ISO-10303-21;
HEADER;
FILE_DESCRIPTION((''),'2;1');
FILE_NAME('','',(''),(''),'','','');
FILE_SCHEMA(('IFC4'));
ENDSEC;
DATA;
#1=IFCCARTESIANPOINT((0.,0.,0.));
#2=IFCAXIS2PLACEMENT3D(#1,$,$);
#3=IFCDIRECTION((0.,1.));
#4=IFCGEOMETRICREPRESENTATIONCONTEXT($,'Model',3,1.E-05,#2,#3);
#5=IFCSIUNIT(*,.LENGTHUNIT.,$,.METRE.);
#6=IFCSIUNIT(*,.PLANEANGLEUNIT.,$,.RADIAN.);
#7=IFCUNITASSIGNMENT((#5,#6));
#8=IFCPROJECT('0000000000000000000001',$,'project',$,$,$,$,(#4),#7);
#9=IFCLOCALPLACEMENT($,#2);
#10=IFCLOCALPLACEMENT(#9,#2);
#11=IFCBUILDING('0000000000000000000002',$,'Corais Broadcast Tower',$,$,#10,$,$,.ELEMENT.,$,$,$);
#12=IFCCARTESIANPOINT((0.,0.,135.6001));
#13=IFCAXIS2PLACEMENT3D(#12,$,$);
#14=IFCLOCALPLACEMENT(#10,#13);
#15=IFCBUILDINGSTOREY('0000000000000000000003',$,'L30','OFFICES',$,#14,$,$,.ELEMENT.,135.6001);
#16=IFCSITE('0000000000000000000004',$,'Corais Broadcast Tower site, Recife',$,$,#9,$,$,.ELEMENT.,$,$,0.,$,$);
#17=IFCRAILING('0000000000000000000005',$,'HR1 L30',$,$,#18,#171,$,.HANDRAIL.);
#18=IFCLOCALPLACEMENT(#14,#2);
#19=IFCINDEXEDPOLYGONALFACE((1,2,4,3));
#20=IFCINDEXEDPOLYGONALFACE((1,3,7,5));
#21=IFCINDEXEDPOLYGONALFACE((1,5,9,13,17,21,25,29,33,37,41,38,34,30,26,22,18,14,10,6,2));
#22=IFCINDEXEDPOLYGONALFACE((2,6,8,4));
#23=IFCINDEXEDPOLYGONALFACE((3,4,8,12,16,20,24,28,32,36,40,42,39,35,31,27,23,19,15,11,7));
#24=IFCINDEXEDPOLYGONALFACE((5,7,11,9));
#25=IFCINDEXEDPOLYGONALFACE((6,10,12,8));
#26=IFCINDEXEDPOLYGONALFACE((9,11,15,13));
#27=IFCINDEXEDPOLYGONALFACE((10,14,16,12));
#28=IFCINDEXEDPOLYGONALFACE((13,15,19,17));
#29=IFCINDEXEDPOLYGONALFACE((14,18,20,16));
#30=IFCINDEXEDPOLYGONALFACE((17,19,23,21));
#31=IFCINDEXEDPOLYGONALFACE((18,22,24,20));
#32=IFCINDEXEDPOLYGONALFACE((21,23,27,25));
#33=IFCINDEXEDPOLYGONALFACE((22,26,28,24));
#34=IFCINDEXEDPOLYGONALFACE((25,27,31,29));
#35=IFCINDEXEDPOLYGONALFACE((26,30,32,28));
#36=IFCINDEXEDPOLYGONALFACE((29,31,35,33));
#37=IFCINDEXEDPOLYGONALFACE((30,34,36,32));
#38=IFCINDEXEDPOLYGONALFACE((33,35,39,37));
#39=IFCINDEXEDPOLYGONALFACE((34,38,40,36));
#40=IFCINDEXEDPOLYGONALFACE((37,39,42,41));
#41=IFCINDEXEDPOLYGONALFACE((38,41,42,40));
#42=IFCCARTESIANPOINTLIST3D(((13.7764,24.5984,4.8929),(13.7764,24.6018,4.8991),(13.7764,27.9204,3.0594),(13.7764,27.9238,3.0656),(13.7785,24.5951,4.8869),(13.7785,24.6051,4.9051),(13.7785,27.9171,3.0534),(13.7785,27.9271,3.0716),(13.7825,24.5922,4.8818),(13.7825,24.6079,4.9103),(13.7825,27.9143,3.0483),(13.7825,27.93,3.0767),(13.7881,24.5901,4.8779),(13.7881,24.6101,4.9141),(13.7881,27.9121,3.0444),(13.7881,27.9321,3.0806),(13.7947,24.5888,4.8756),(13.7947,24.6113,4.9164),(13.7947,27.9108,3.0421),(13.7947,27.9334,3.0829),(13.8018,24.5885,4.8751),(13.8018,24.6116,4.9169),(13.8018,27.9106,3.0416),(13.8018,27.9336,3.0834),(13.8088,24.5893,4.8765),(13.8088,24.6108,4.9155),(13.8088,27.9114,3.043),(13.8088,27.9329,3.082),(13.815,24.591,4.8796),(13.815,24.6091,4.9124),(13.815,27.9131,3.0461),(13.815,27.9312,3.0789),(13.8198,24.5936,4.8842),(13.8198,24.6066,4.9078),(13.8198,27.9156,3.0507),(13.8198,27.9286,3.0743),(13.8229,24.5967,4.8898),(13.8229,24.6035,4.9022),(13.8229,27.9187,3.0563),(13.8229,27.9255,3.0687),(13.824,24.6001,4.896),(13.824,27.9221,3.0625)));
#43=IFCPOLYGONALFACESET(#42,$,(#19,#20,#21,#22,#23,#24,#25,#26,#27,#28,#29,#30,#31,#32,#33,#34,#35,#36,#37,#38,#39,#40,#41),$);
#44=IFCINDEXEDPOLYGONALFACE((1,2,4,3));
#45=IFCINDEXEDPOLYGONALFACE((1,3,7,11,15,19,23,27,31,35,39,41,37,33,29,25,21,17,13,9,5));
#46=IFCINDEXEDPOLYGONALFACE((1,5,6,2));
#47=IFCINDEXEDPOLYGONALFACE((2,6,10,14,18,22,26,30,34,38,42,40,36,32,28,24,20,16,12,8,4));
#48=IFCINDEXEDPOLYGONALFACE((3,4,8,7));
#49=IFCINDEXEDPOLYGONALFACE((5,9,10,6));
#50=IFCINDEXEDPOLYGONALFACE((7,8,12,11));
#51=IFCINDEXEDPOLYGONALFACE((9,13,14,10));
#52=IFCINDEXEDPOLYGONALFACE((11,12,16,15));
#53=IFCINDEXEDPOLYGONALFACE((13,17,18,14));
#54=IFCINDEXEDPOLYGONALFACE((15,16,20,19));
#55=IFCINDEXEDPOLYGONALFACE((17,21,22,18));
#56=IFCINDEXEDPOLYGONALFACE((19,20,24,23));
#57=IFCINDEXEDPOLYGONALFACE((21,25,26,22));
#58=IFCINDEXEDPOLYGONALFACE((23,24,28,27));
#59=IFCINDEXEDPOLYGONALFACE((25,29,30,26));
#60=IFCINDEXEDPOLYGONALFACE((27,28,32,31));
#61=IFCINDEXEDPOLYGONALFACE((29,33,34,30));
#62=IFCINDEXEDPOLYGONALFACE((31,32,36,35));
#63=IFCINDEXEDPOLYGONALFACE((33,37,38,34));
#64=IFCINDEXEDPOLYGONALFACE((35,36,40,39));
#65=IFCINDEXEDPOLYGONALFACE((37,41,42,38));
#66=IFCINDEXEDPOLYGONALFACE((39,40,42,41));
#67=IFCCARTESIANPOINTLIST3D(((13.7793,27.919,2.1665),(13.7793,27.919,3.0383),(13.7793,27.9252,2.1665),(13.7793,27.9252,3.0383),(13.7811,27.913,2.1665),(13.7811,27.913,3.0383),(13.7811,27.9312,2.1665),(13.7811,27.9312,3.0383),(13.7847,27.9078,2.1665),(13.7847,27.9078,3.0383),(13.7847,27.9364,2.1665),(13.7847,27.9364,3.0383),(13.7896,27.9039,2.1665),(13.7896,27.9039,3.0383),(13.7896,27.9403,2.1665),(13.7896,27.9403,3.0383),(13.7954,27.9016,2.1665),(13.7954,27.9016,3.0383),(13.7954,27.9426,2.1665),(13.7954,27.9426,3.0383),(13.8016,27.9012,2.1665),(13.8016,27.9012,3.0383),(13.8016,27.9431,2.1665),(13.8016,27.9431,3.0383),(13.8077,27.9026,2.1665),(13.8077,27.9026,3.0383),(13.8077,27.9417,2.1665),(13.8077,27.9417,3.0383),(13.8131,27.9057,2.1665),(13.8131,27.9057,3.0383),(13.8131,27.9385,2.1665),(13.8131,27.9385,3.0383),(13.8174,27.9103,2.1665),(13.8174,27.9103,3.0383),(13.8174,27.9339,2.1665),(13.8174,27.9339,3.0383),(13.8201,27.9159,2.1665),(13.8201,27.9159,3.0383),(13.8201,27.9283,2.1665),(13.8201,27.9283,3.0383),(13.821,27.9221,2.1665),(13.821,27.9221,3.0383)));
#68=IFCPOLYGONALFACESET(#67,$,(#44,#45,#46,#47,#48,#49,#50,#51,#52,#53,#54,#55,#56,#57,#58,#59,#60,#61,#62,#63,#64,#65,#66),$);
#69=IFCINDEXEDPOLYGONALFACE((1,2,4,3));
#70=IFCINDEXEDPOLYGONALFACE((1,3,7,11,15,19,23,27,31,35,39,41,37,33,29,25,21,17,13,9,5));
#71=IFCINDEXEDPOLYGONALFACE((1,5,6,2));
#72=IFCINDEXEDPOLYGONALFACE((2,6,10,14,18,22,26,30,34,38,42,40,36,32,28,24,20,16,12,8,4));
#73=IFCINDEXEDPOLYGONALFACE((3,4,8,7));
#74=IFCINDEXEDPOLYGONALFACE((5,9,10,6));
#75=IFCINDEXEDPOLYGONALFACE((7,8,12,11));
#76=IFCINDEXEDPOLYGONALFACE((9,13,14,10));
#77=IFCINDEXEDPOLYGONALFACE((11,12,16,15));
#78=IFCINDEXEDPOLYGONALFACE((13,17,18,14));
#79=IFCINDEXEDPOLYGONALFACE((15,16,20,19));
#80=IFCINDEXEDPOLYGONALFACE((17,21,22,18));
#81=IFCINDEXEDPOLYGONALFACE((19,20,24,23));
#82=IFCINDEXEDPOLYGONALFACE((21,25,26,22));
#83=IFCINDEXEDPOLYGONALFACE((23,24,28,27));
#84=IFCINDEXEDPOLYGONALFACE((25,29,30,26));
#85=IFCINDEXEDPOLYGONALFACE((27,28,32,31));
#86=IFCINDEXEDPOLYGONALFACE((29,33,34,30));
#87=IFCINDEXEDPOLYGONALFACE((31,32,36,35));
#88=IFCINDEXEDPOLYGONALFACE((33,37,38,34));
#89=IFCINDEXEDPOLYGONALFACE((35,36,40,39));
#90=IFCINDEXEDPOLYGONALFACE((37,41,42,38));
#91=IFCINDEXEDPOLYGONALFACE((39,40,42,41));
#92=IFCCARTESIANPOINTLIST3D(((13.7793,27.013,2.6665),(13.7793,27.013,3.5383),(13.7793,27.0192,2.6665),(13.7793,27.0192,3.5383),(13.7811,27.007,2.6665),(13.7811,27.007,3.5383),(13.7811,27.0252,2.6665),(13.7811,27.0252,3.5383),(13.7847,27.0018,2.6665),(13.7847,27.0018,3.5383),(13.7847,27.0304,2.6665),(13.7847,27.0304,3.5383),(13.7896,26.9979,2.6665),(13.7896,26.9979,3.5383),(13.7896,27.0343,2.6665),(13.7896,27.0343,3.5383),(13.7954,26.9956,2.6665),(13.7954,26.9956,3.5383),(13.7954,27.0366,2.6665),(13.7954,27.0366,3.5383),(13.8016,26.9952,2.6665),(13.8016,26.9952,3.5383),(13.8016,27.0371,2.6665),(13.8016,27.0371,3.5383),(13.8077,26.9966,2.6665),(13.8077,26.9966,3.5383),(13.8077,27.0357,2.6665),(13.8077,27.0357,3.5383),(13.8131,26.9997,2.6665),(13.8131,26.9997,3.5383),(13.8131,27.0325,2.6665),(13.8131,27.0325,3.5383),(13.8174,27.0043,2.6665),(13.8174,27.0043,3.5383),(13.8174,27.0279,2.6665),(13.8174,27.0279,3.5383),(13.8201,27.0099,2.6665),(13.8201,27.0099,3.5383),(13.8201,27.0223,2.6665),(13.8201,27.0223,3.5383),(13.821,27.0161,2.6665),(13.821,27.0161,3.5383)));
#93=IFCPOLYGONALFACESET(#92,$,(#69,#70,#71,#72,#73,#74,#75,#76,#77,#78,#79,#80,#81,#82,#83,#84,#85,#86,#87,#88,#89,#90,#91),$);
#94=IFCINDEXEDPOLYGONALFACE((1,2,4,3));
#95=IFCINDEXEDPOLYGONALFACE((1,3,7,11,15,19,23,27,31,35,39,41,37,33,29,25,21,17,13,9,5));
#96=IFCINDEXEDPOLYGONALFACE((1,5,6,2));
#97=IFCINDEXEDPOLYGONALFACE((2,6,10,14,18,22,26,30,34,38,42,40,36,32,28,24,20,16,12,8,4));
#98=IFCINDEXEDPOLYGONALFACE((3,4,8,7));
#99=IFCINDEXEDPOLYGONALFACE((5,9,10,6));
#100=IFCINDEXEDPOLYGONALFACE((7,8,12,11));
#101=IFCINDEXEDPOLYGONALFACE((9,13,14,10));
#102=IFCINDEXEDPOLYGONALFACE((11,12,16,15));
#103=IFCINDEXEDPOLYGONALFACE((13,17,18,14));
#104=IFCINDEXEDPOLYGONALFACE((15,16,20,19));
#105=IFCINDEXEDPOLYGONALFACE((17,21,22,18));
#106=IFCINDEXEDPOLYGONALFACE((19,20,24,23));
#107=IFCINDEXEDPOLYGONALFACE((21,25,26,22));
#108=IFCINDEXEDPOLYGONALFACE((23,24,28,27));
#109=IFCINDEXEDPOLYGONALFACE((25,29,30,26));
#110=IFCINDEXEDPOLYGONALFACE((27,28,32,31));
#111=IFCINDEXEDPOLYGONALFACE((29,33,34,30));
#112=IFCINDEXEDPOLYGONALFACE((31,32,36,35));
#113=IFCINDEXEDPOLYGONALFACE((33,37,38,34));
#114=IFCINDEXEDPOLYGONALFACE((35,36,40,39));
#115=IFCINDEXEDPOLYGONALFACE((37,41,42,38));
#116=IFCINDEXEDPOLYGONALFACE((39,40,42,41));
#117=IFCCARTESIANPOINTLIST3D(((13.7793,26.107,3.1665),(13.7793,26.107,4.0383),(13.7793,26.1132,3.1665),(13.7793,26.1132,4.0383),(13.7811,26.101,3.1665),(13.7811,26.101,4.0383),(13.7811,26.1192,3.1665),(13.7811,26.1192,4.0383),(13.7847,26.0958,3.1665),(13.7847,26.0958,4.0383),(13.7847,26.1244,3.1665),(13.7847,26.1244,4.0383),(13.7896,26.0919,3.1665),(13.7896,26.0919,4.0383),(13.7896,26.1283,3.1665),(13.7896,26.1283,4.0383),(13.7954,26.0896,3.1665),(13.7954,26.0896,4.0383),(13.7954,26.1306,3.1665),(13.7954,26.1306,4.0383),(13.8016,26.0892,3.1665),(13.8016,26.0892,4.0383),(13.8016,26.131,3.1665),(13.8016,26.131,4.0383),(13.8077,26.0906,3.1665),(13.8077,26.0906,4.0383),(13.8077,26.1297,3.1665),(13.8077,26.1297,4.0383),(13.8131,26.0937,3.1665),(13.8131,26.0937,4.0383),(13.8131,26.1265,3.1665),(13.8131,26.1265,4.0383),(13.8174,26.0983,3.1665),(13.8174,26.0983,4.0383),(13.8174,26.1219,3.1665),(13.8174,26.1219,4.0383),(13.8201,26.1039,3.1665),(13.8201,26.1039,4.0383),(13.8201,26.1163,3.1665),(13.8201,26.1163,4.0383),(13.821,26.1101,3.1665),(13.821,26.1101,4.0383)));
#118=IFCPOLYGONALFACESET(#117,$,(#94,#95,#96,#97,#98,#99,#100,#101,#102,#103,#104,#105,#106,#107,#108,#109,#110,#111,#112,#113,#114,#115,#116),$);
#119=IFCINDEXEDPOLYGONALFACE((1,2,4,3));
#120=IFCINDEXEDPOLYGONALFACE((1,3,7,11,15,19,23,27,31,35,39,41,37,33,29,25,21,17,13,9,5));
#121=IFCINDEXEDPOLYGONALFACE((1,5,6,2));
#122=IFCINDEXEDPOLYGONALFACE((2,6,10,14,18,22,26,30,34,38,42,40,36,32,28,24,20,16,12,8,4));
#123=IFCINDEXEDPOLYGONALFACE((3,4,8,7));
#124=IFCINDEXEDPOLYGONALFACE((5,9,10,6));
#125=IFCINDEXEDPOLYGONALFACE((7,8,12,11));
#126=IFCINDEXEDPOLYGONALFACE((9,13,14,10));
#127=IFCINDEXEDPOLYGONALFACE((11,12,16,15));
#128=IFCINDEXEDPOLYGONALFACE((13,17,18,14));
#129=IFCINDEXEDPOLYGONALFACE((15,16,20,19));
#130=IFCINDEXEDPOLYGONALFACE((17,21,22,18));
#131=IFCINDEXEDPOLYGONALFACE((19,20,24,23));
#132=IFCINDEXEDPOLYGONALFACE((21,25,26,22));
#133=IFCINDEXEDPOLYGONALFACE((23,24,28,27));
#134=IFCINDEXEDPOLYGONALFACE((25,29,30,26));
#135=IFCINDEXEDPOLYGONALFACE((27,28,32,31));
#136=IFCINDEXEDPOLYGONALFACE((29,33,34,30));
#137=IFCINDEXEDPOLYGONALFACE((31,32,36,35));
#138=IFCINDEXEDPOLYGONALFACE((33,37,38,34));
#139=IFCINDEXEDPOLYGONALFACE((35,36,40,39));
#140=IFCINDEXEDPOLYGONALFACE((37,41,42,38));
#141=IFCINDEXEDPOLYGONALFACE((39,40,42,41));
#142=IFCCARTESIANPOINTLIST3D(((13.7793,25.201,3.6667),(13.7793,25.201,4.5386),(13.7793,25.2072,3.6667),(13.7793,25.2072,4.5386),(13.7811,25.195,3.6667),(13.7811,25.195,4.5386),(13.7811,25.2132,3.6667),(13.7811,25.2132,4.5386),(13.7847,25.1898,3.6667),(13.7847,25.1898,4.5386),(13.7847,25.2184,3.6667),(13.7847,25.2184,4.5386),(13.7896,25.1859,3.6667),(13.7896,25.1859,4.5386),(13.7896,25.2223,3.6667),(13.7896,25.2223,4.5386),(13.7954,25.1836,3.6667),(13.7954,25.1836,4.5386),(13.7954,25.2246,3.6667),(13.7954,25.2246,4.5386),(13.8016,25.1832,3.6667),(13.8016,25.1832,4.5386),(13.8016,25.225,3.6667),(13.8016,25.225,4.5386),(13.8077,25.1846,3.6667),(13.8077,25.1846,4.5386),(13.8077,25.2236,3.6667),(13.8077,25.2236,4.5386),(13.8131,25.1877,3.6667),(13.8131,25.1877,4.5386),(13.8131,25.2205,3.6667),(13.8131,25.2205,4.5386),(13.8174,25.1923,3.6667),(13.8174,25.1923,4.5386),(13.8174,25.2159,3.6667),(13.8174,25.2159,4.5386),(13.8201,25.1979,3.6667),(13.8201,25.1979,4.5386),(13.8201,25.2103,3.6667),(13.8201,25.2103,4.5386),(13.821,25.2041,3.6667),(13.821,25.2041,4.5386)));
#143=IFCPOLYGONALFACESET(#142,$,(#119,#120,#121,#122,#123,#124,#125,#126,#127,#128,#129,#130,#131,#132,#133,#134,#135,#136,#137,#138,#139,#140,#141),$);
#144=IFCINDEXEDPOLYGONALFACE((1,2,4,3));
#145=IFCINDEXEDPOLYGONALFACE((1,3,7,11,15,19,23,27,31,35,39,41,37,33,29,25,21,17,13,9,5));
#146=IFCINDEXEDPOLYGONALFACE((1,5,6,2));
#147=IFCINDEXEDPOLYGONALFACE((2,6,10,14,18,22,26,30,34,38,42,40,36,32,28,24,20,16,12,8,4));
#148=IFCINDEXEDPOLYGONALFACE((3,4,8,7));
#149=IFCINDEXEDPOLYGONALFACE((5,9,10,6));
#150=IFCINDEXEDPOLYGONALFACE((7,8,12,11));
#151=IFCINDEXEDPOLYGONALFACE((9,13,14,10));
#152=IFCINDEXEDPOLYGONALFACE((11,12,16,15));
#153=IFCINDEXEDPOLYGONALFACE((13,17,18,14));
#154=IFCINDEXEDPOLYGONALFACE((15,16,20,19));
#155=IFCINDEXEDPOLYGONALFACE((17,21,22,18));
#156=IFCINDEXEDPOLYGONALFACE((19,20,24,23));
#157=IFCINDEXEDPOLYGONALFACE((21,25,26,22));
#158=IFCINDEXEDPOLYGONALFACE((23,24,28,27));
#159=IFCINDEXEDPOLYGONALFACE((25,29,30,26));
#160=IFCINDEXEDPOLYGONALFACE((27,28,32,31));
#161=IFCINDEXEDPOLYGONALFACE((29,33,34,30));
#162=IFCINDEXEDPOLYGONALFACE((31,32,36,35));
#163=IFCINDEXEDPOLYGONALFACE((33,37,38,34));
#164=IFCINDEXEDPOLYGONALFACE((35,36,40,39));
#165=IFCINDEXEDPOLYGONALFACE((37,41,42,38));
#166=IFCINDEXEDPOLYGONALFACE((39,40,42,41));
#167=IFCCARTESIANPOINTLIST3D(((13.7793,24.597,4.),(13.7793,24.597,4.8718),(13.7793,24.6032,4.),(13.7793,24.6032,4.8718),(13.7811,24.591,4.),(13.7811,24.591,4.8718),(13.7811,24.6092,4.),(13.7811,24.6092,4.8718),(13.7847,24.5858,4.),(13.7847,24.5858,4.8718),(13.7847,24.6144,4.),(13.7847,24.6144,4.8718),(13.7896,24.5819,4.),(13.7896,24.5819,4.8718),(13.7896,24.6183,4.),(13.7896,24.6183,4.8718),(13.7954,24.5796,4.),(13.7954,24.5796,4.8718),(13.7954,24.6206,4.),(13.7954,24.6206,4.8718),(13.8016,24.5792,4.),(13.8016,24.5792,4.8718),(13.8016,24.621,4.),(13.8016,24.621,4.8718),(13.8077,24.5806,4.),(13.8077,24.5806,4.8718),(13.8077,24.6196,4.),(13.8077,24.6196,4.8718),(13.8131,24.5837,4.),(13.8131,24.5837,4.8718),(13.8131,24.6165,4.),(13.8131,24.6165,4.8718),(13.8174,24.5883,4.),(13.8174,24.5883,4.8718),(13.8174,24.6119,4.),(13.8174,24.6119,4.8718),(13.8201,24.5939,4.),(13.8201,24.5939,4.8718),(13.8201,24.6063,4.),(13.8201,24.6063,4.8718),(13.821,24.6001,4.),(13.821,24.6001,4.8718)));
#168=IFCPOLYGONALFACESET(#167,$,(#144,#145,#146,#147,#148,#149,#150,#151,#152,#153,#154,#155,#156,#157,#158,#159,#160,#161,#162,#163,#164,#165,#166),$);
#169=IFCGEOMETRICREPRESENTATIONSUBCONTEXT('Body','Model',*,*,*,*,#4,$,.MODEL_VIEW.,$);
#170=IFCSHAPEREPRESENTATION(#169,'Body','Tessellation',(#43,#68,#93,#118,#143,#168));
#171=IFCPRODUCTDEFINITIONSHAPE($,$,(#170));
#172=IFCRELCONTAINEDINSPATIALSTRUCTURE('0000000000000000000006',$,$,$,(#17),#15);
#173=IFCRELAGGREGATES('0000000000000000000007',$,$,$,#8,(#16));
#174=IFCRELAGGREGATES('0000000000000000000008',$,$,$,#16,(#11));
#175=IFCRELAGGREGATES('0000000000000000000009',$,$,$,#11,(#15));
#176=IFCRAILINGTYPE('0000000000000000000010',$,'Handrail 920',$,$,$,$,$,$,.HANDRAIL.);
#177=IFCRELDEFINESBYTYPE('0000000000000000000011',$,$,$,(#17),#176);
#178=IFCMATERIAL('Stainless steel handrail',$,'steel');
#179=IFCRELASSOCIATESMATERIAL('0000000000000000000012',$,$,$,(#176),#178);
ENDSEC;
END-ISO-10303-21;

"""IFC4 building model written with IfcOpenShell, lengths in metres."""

from ifc_helpers import new_model, si_unit, direction, frame, origin, origin_2d, place, context, subcontext, project, spatial, circle, extrude, material, type_object, element, save


model = new_model("IFC4")

# Units and contexts
model_context = context("Model", 3, precision=1e-05, world=origin(), true_north=direction((0.0, 1.0)))
body_context = subcontext(model_context, "Body", "Model", "MODEL_VIEW")
ifc_project = project(units=[si_unit("LENGTHUNIT", "METRE"), si_unit("PLANEANGLEUNIT", "RADIAN")], contexts=[model_context])

# Site, building, storey
site_placement = place(None, origin())
site = spatial("IfcSite", under=ifc_project, at=site_placement, Name="Corais Broadcast Tower site, Recife", CompositionType="ELEMENT", RefElevation=0.0)
building_placement = place(site_placement, origin())
building = spatial("IfcBuilding", under=site, at=building_placement, Name="Corais Broadcast Tower", CompositionType="ELEMENT")
storey_placement = place(building_placement, frame((0.0, 0.0, 135.6001)))
storey = spatial("IfcBuildingStorey", under=building, at=storey_placement, Name="L30", Description="OFFICES", CompositionType="ELEMENT", Elevation=135.6001)

# Railing
ifc_material_1 = material(Name="Stainless steel handrail", Category="steel")
railing_type = type_object("IfcRailingType", Name="Handrail 920", PredefinedType="HANDRAIL", material=ifc_material_1)
for number, where, name in (
    (1, (13.8, 27.9221, 2.1665), "HR1 L30"),
):
    element("IfcRailing", number, at=place(storey_placement, frame(where)), inside=storey, type_object=railing_type, Name=name, PredefinedType="HANDRAIL", context=body_context, shape_type="SweptSolid", body=[
        extrude(circle(Radius=0.0239, at=origin_2d()), frame((0.0, 0.0, 0.896), z_axis=(0.0, -0.875504, 0.48321), x_axis=(1.0, 0.0, 0.0)), (0.0, 0.0, 1.0), 3.7944),
        extrude(circle(Radius=0.021, at=origin_2d()), origin(), (0.0, 0.0, 1.0), 0.8718),
        extrude(circle(Radius=0.021, at=origin_2d()), frame((0.0, -0.906, 0.5)), (0.0, 0.0, 1.0), 0.8718),
        extrude(circle(Radius=0.021, at=origin_2d()), frame((0.0, -1.812, 1.0)), (0.0, 0.0, 1.0), 0.8718),
        extrude(circle(Radius=0.021, at=origin_2d()), frame((0.0, -2.718, 1.5002)), (0.0, 0.0, 1.0), 0.8718),
        extrude(circle(Radius=0.021, at=origin_2d()), frame((0.0, -3.322, 1.8335)), (0.0, 0.0, 1.0), 0.8718),
    ])

save(model, "model.ifc")
